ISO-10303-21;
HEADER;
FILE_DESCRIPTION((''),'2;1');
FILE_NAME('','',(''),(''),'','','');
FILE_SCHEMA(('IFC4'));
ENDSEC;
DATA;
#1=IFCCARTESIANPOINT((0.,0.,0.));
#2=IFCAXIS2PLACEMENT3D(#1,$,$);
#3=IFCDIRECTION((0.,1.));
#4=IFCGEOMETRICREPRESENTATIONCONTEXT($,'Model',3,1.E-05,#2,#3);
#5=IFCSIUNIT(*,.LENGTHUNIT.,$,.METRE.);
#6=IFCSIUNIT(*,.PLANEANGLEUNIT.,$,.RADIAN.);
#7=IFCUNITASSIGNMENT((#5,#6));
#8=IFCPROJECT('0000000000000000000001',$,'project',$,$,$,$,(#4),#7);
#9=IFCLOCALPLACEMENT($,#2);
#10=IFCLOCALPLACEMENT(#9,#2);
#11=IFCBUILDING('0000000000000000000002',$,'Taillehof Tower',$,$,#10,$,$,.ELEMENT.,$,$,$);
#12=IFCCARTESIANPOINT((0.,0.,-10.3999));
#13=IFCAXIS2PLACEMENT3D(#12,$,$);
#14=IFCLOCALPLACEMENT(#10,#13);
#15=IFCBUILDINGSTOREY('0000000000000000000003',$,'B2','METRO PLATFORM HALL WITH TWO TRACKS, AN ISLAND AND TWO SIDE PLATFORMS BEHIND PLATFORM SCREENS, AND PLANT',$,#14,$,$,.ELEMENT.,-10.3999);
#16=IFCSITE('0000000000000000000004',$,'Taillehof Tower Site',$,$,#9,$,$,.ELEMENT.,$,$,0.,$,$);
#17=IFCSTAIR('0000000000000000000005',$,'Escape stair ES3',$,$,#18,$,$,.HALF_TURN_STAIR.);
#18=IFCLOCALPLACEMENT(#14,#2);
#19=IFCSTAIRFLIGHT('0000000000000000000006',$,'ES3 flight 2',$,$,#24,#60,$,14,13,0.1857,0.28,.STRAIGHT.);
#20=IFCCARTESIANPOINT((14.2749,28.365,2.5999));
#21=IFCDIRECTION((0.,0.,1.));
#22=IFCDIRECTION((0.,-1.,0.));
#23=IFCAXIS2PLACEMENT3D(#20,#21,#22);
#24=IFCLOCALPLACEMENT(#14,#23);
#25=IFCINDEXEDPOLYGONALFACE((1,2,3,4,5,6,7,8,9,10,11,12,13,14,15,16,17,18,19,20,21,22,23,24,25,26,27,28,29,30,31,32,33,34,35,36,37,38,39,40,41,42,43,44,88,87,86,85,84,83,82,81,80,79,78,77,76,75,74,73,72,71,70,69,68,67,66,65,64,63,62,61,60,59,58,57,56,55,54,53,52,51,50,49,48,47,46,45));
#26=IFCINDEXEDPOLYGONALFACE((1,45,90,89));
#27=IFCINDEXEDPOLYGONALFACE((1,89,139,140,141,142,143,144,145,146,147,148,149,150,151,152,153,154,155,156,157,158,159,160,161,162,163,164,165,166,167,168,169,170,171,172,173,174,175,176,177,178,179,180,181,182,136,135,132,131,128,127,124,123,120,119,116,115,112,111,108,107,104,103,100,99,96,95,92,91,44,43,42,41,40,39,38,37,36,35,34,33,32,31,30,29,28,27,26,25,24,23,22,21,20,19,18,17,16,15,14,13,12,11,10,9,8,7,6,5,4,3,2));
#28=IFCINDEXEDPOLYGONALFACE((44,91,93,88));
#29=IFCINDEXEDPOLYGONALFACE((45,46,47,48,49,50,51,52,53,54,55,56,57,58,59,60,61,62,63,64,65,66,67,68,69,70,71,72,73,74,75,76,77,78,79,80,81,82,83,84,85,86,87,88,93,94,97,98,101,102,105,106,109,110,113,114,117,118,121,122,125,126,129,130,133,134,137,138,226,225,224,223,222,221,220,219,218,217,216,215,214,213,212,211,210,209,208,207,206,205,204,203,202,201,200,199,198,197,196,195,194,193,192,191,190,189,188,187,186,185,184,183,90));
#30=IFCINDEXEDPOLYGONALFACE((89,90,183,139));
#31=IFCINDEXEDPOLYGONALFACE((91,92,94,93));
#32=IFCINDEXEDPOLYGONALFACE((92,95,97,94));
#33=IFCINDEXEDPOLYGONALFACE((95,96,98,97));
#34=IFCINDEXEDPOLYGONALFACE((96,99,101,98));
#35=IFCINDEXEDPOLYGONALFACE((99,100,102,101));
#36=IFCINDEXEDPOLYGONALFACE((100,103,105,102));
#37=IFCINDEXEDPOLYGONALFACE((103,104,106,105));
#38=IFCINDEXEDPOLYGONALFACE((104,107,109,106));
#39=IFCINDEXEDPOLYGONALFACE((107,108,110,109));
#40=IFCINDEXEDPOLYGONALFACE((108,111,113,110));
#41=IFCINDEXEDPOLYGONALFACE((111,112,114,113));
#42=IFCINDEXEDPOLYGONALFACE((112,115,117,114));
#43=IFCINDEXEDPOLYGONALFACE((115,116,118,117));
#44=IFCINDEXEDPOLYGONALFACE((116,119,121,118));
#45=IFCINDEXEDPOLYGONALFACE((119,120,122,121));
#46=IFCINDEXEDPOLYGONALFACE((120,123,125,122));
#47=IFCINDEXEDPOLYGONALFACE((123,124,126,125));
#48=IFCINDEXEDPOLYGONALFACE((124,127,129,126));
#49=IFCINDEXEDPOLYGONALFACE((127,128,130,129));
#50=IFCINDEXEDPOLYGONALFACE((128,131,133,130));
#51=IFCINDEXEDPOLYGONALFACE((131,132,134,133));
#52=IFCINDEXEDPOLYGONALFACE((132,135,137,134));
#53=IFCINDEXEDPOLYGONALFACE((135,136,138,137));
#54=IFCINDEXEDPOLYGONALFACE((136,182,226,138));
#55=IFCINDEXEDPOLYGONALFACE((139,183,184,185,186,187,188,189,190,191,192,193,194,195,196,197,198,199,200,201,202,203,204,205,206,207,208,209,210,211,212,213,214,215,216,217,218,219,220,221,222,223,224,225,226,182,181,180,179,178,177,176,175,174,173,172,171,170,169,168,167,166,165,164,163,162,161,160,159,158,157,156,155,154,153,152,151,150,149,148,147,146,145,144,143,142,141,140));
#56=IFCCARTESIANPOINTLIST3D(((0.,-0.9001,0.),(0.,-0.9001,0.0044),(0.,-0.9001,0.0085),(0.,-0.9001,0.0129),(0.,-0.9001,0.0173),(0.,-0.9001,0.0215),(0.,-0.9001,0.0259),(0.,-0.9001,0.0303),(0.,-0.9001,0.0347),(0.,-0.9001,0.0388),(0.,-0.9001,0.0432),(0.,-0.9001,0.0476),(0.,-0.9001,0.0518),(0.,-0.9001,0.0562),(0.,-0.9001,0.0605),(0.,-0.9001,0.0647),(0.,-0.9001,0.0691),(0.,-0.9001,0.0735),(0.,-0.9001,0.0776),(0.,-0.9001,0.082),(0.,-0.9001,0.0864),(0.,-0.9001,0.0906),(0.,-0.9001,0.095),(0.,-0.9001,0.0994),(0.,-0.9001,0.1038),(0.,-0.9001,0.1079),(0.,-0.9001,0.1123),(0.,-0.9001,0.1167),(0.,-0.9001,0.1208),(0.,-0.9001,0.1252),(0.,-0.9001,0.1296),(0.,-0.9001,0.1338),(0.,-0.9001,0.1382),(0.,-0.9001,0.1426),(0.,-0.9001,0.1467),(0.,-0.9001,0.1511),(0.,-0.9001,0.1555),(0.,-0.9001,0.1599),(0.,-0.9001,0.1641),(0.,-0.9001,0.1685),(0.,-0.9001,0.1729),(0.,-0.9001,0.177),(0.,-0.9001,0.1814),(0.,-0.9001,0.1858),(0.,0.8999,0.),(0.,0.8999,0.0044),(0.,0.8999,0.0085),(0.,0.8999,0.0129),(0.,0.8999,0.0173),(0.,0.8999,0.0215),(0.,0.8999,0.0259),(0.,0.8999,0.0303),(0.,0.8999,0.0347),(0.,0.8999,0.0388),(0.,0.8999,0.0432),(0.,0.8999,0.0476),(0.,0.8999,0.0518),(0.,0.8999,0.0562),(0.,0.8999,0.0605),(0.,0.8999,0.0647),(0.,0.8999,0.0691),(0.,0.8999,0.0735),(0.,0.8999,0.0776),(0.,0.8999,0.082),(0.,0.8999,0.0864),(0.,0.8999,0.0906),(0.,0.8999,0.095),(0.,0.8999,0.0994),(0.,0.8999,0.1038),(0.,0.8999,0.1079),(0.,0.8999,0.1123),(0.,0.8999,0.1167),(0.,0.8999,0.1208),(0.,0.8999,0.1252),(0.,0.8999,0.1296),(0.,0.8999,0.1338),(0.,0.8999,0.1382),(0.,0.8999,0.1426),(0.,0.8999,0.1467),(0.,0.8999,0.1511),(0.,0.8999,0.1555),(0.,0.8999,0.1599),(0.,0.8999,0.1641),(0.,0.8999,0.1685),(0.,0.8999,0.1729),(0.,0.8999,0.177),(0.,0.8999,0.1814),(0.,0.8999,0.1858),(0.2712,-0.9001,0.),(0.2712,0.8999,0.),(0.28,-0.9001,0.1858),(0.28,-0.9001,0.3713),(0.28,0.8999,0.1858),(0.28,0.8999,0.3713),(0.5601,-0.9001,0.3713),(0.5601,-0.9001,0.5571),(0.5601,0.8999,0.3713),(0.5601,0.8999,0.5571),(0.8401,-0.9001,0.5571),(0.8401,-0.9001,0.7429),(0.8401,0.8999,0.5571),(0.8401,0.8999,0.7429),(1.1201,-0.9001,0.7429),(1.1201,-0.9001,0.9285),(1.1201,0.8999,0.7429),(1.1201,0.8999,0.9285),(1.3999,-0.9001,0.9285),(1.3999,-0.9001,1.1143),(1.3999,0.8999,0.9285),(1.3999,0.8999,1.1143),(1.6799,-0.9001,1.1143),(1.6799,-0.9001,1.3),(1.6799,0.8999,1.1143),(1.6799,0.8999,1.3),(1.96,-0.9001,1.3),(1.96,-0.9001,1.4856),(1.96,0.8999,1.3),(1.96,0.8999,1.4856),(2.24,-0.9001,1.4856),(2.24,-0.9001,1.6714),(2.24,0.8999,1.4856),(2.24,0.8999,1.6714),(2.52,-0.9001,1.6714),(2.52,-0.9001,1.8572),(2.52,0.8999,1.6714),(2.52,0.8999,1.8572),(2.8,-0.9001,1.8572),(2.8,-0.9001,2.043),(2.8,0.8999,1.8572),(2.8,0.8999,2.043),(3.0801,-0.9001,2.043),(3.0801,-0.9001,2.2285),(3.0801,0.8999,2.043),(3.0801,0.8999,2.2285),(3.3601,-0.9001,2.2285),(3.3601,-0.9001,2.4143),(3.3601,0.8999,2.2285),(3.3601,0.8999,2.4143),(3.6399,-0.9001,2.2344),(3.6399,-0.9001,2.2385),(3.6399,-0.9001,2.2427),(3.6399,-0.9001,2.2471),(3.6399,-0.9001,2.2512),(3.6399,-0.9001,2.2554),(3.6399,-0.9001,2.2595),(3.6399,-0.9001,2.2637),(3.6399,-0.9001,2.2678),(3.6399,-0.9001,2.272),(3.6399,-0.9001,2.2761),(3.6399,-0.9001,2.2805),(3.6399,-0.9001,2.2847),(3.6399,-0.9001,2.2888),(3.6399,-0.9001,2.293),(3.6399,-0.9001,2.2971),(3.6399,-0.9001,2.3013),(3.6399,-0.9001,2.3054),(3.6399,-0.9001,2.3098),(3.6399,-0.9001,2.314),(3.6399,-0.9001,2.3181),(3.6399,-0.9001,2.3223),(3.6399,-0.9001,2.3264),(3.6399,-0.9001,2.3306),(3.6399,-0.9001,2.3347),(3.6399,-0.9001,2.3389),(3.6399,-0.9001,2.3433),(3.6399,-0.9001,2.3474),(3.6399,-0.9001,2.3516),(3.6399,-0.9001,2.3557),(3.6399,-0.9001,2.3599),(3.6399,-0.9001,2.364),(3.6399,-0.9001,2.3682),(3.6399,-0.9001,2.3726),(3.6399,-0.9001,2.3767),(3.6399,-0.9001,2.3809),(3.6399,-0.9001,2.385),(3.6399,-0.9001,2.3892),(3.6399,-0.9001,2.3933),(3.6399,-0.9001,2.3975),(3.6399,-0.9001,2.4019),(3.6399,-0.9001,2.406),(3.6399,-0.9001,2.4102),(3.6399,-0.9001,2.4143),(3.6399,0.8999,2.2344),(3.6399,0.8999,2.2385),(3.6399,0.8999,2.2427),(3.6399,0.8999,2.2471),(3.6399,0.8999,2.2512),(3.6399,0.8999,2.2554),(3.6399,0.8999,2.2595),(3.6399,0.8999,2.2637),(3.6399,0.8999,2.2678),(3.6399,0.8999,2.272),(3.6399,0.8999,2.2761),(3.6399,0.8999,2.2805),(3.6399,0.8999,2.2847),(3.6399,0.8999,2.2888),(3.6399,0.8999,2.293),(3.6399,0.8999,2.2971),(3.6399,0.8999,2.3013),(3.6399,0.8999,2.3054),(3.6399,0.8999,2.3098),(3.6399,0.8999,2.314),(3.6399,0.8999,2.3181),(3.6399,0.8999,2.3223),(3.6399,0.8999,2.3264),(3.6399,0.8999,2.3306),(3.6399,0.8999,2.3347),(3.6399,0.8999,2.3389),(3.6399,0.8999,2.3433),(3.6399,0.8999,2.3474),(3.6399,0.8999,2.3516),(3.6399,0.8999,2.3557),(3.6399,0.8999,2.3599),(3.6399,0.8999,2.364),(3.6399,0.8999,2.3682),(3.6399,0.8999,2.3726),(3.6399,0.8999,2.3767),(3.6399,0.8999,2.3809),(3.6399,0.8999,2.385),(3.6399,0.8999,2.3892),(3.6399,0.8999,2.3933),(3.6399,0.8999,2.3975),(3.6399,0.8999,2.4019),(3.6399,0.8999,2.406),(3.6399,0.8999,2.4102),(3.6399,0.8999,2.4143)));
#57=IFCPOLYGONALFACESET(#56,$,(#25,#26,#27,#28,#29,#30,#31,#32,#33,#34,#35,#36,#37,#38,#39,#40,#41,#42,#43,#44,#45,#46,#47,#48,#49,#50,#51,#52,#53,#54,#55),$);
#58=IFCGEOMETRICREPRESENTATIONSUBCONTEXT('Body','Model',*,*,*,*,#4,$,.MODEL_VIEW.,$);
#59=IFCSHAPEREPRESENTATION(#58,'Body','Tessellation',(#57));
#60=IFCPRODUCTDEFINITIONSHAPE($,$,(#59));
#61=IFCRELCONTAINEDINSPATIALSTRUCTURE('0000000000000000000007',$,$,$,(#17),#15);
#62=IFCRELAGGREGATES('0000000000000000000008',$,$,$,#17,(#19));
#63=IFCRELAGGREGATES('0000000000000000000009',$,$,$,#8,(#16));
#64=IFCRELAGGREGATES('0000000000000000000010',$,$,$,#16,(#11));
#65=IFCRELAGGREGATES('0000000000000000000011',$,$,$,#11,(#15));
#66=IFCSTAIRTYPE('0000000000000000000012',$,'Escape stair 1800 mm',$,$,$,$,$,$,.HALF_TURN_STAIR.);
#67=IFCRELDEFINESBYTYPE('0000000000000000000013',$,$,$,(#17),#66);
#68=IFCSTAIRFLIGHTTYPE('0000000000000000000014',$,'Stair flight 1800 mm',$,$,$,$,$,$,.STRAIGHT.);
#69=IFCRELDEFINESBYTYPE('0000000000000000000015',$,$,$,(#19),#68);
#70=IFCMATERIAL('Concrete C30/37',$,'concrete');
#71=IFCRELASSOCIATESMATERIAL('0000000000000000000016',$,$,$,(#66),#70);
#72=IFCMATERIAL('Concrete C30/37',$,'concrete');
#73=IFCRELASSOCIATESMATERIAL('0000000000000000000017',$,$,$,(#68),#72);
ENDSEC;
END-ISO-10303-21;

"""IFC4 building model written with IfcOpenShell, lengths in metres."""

from ifc_helpers import new_model, si_unit, direction, frame, origin, place, context, subcontext, project, spatial, polyline, outline, extrude, material, type_object, element, aggregate, save


model = new_model("IFC4")

# Units and contexts
model_context = context("Model", 3, precision=1e-05, world=origin(), true_north=direction((0.0, 1.0)))
body_context = subcontext(model_context, "Body", "Model", "MODEL_VIEW")
ifc_project = project(units=[si_unit("LENGTHUNIT", "METRE"), si_unit("PLANEANGLEUNIT", "RADIAN")], contexts=[model_context])

# Site, building, storey
site_placement = place(None, origin())
site = spatial("IfcSite", under=ifc_project, at=site_placement, Name="Taillehof Tower Site", CompositionType="ELEMENT", RefElevation=0.0)
building_placement = place(site_placement, origin())
building = spatial("IfcBuilding", under=site, at=building_placement, Name="Taillehof Tower", CompositionType="ELEMENT")
storey_placement = place(building_placement, frame((0.0, 0.0, -10.3999)))
storey = spatial("IfcBuildingStorey", under=building, at=storey_placement, Name="B2", Description="METRO PLATFORM HALL WITH TWO TRACKS, AN ISLAND AND TWO SIDE PLATFORMS BEHIND PLATFORM SCREENS, AND PLANT", CompositionType="ELEMENT", Elevation=-10.3999)

# Stair, stair flight
ifc_material_1 = material(Name="Concrete C30/37", Category="concrete")
stair_type = type_object("IfcStairType", Name="Escape stair 1800 mm", PredefinedType="HALF_TURN_STAIR", material=ifc_material_1)
stair_placement = place(storey_placement, origin())
stair = element("IfcStair", 1, at=stair_placement, inside=storey, type_object=stair_type, Name="Escape stair ES3", PredefinedType="HALF_TURN_STAIR")
ifc_material_2 = material(Name="Concrete C30/37", Category="concrete")
stair_flight_type = type_object("IfcStairFlightType", Name="Stair flight 1800 mm", PredefinedType="STRAIGHT", material=ifc_material_2)
stair_flight_1_placement = place(storey_placement, frame((14.2749, 28.365, 2.5999), z_axis=(0.0, 0.0, 1.0), x_axis=(0.0, -1.0, 0.0)))
stair_flight_1 = element("IfcStairFlight", 2, at=stair_flight_1_placement, type_object=stair_flight_type, Name="ES3 flight 2", NumberOfRisers=14, NumberOfTreads=13, PredefinedType="STRAIGHT", RiserHeight=0.1857, TreadLength=0.28, context=body_context, shape_type="SweptSolid", body=[
    extrude(outline(polyline([(0.0, 0.0), (0.0, 0.0044), (0.0, 0.0085), (0.0, 0.0129), (0.0, 0.0173), (0.0, 0.0215), (0.0, 0.0259), (0.0, 0.0303), (0.0, 0.0347), (0.0, 0.0388), (0.0, 0.0432), (0.0, 0.0476), (0.0, 0.0518), (0.0, 0.0562), (0.0, 0.0605), (0.0, 0.0647), (0.0, 0.0691), (0.0, 0.0735), (0.0, 0.0776), (0.0, 0.082), (0.0, 0.0864), (0.0, 0.0906), (0.0, 0.095), (0.0, 0.0994), (0.0, 0.1038), (0.0, 0.1079), (0.0, 0.1123), (0.0, 0.1167), (0.0, 0.1208), (0.0, 0.1252), (0.0, 0.1296), (0.0, 0.1338), (0.0, 0.1382), (0.0, 0.1426), (0.0, 0.1467), (0.0, 0.1511), (0.0, 0.1555), (0.0, 0.1599), (0.0, 0.1641), (0.0, 0.1685), (0.0, 0.1729), (0.0, 0.177), (0.0, 0.1814), (0.0, 0.1858), (0.28, 0.1858), (0.28, 0.3713), (0.5601, 0.3713), (0.5601, 0.5571), (0.8401, 0.5571), (0.8401, 0.7429), (1.1201, 0.7429), (1.1201, 0.9285), (1.3999, 0.9285), (1.3999, 1.1143), (1.6799, 1.1143), (1.6799, 1.3), (1.96, 1.3), (1.96, 1.4856), (2.24, 1.4856), (2.24, 1.6714), (2.52, 1.6714), (2.52, 1.8572), (2.8, 1.8572), (2.8, 2.043), (3.0801, 2.043), (3.0801, 2.2285), (3.3601, 2.2285), (3.3601, 2.4143), (3.6399, 2.4143), (3.6399, 2.4102), (3.6399, 2.406), (3.6399, 2.4019), (3.6399, 2.3975), (3.6399, 2.3933), (3.6399, 2.3892), (3.6399, 2.385), (3.6399, 2.3809), (3.6399, 2.3767), (3.6399, 2.3726), (3.6399, 2.3682), (3.6399, 2.364), (3.6399, 2.3599), (3.6399, 2.3557), (3.6399, 2.3516), (3.6399, 2.3474), (3.6399, 2.3433), (3.6399, 2.3389), (3.6399, 2.3347), (3.6399, 2.3306), (3.6399, 2.3264), (3.6399, 2.3223), (3.6399, 2.3181), (3.6399, 2.314), (3.6399, 2.3098), (3.6399, 2.3054), (3.6399, 2.3013), (3.6399, 2.2971), (3.6399, 2.293), (3.6399, 2.2888), (3.6399, 2.2847), (3.6399, 2.2805), (3.6399, 2.2761), (3.6399, 2.272), (3.6399, 2.2678), (3.6399, 2.2637), (3.6399, 2.2595), (3.6399, 2.2554), (3.6399, 2.2512), (3.6399, 2.2471), (3.6399, 2.2427), (3.6399, 2.2385), (3.6399, 2.2344), (0.2712, 0.0), (0.0, 0.0)])), frame((0.0, 0.8999, 0.0), z_axis=(0.0, -1.0, 0.0), x_axis=(1.0, 0.0, 0.0)), (0.0, 0.0, 1.0), 1.8),
])
aggregate(stair, [stair_flight_1])

save(model, "model.ifc")
